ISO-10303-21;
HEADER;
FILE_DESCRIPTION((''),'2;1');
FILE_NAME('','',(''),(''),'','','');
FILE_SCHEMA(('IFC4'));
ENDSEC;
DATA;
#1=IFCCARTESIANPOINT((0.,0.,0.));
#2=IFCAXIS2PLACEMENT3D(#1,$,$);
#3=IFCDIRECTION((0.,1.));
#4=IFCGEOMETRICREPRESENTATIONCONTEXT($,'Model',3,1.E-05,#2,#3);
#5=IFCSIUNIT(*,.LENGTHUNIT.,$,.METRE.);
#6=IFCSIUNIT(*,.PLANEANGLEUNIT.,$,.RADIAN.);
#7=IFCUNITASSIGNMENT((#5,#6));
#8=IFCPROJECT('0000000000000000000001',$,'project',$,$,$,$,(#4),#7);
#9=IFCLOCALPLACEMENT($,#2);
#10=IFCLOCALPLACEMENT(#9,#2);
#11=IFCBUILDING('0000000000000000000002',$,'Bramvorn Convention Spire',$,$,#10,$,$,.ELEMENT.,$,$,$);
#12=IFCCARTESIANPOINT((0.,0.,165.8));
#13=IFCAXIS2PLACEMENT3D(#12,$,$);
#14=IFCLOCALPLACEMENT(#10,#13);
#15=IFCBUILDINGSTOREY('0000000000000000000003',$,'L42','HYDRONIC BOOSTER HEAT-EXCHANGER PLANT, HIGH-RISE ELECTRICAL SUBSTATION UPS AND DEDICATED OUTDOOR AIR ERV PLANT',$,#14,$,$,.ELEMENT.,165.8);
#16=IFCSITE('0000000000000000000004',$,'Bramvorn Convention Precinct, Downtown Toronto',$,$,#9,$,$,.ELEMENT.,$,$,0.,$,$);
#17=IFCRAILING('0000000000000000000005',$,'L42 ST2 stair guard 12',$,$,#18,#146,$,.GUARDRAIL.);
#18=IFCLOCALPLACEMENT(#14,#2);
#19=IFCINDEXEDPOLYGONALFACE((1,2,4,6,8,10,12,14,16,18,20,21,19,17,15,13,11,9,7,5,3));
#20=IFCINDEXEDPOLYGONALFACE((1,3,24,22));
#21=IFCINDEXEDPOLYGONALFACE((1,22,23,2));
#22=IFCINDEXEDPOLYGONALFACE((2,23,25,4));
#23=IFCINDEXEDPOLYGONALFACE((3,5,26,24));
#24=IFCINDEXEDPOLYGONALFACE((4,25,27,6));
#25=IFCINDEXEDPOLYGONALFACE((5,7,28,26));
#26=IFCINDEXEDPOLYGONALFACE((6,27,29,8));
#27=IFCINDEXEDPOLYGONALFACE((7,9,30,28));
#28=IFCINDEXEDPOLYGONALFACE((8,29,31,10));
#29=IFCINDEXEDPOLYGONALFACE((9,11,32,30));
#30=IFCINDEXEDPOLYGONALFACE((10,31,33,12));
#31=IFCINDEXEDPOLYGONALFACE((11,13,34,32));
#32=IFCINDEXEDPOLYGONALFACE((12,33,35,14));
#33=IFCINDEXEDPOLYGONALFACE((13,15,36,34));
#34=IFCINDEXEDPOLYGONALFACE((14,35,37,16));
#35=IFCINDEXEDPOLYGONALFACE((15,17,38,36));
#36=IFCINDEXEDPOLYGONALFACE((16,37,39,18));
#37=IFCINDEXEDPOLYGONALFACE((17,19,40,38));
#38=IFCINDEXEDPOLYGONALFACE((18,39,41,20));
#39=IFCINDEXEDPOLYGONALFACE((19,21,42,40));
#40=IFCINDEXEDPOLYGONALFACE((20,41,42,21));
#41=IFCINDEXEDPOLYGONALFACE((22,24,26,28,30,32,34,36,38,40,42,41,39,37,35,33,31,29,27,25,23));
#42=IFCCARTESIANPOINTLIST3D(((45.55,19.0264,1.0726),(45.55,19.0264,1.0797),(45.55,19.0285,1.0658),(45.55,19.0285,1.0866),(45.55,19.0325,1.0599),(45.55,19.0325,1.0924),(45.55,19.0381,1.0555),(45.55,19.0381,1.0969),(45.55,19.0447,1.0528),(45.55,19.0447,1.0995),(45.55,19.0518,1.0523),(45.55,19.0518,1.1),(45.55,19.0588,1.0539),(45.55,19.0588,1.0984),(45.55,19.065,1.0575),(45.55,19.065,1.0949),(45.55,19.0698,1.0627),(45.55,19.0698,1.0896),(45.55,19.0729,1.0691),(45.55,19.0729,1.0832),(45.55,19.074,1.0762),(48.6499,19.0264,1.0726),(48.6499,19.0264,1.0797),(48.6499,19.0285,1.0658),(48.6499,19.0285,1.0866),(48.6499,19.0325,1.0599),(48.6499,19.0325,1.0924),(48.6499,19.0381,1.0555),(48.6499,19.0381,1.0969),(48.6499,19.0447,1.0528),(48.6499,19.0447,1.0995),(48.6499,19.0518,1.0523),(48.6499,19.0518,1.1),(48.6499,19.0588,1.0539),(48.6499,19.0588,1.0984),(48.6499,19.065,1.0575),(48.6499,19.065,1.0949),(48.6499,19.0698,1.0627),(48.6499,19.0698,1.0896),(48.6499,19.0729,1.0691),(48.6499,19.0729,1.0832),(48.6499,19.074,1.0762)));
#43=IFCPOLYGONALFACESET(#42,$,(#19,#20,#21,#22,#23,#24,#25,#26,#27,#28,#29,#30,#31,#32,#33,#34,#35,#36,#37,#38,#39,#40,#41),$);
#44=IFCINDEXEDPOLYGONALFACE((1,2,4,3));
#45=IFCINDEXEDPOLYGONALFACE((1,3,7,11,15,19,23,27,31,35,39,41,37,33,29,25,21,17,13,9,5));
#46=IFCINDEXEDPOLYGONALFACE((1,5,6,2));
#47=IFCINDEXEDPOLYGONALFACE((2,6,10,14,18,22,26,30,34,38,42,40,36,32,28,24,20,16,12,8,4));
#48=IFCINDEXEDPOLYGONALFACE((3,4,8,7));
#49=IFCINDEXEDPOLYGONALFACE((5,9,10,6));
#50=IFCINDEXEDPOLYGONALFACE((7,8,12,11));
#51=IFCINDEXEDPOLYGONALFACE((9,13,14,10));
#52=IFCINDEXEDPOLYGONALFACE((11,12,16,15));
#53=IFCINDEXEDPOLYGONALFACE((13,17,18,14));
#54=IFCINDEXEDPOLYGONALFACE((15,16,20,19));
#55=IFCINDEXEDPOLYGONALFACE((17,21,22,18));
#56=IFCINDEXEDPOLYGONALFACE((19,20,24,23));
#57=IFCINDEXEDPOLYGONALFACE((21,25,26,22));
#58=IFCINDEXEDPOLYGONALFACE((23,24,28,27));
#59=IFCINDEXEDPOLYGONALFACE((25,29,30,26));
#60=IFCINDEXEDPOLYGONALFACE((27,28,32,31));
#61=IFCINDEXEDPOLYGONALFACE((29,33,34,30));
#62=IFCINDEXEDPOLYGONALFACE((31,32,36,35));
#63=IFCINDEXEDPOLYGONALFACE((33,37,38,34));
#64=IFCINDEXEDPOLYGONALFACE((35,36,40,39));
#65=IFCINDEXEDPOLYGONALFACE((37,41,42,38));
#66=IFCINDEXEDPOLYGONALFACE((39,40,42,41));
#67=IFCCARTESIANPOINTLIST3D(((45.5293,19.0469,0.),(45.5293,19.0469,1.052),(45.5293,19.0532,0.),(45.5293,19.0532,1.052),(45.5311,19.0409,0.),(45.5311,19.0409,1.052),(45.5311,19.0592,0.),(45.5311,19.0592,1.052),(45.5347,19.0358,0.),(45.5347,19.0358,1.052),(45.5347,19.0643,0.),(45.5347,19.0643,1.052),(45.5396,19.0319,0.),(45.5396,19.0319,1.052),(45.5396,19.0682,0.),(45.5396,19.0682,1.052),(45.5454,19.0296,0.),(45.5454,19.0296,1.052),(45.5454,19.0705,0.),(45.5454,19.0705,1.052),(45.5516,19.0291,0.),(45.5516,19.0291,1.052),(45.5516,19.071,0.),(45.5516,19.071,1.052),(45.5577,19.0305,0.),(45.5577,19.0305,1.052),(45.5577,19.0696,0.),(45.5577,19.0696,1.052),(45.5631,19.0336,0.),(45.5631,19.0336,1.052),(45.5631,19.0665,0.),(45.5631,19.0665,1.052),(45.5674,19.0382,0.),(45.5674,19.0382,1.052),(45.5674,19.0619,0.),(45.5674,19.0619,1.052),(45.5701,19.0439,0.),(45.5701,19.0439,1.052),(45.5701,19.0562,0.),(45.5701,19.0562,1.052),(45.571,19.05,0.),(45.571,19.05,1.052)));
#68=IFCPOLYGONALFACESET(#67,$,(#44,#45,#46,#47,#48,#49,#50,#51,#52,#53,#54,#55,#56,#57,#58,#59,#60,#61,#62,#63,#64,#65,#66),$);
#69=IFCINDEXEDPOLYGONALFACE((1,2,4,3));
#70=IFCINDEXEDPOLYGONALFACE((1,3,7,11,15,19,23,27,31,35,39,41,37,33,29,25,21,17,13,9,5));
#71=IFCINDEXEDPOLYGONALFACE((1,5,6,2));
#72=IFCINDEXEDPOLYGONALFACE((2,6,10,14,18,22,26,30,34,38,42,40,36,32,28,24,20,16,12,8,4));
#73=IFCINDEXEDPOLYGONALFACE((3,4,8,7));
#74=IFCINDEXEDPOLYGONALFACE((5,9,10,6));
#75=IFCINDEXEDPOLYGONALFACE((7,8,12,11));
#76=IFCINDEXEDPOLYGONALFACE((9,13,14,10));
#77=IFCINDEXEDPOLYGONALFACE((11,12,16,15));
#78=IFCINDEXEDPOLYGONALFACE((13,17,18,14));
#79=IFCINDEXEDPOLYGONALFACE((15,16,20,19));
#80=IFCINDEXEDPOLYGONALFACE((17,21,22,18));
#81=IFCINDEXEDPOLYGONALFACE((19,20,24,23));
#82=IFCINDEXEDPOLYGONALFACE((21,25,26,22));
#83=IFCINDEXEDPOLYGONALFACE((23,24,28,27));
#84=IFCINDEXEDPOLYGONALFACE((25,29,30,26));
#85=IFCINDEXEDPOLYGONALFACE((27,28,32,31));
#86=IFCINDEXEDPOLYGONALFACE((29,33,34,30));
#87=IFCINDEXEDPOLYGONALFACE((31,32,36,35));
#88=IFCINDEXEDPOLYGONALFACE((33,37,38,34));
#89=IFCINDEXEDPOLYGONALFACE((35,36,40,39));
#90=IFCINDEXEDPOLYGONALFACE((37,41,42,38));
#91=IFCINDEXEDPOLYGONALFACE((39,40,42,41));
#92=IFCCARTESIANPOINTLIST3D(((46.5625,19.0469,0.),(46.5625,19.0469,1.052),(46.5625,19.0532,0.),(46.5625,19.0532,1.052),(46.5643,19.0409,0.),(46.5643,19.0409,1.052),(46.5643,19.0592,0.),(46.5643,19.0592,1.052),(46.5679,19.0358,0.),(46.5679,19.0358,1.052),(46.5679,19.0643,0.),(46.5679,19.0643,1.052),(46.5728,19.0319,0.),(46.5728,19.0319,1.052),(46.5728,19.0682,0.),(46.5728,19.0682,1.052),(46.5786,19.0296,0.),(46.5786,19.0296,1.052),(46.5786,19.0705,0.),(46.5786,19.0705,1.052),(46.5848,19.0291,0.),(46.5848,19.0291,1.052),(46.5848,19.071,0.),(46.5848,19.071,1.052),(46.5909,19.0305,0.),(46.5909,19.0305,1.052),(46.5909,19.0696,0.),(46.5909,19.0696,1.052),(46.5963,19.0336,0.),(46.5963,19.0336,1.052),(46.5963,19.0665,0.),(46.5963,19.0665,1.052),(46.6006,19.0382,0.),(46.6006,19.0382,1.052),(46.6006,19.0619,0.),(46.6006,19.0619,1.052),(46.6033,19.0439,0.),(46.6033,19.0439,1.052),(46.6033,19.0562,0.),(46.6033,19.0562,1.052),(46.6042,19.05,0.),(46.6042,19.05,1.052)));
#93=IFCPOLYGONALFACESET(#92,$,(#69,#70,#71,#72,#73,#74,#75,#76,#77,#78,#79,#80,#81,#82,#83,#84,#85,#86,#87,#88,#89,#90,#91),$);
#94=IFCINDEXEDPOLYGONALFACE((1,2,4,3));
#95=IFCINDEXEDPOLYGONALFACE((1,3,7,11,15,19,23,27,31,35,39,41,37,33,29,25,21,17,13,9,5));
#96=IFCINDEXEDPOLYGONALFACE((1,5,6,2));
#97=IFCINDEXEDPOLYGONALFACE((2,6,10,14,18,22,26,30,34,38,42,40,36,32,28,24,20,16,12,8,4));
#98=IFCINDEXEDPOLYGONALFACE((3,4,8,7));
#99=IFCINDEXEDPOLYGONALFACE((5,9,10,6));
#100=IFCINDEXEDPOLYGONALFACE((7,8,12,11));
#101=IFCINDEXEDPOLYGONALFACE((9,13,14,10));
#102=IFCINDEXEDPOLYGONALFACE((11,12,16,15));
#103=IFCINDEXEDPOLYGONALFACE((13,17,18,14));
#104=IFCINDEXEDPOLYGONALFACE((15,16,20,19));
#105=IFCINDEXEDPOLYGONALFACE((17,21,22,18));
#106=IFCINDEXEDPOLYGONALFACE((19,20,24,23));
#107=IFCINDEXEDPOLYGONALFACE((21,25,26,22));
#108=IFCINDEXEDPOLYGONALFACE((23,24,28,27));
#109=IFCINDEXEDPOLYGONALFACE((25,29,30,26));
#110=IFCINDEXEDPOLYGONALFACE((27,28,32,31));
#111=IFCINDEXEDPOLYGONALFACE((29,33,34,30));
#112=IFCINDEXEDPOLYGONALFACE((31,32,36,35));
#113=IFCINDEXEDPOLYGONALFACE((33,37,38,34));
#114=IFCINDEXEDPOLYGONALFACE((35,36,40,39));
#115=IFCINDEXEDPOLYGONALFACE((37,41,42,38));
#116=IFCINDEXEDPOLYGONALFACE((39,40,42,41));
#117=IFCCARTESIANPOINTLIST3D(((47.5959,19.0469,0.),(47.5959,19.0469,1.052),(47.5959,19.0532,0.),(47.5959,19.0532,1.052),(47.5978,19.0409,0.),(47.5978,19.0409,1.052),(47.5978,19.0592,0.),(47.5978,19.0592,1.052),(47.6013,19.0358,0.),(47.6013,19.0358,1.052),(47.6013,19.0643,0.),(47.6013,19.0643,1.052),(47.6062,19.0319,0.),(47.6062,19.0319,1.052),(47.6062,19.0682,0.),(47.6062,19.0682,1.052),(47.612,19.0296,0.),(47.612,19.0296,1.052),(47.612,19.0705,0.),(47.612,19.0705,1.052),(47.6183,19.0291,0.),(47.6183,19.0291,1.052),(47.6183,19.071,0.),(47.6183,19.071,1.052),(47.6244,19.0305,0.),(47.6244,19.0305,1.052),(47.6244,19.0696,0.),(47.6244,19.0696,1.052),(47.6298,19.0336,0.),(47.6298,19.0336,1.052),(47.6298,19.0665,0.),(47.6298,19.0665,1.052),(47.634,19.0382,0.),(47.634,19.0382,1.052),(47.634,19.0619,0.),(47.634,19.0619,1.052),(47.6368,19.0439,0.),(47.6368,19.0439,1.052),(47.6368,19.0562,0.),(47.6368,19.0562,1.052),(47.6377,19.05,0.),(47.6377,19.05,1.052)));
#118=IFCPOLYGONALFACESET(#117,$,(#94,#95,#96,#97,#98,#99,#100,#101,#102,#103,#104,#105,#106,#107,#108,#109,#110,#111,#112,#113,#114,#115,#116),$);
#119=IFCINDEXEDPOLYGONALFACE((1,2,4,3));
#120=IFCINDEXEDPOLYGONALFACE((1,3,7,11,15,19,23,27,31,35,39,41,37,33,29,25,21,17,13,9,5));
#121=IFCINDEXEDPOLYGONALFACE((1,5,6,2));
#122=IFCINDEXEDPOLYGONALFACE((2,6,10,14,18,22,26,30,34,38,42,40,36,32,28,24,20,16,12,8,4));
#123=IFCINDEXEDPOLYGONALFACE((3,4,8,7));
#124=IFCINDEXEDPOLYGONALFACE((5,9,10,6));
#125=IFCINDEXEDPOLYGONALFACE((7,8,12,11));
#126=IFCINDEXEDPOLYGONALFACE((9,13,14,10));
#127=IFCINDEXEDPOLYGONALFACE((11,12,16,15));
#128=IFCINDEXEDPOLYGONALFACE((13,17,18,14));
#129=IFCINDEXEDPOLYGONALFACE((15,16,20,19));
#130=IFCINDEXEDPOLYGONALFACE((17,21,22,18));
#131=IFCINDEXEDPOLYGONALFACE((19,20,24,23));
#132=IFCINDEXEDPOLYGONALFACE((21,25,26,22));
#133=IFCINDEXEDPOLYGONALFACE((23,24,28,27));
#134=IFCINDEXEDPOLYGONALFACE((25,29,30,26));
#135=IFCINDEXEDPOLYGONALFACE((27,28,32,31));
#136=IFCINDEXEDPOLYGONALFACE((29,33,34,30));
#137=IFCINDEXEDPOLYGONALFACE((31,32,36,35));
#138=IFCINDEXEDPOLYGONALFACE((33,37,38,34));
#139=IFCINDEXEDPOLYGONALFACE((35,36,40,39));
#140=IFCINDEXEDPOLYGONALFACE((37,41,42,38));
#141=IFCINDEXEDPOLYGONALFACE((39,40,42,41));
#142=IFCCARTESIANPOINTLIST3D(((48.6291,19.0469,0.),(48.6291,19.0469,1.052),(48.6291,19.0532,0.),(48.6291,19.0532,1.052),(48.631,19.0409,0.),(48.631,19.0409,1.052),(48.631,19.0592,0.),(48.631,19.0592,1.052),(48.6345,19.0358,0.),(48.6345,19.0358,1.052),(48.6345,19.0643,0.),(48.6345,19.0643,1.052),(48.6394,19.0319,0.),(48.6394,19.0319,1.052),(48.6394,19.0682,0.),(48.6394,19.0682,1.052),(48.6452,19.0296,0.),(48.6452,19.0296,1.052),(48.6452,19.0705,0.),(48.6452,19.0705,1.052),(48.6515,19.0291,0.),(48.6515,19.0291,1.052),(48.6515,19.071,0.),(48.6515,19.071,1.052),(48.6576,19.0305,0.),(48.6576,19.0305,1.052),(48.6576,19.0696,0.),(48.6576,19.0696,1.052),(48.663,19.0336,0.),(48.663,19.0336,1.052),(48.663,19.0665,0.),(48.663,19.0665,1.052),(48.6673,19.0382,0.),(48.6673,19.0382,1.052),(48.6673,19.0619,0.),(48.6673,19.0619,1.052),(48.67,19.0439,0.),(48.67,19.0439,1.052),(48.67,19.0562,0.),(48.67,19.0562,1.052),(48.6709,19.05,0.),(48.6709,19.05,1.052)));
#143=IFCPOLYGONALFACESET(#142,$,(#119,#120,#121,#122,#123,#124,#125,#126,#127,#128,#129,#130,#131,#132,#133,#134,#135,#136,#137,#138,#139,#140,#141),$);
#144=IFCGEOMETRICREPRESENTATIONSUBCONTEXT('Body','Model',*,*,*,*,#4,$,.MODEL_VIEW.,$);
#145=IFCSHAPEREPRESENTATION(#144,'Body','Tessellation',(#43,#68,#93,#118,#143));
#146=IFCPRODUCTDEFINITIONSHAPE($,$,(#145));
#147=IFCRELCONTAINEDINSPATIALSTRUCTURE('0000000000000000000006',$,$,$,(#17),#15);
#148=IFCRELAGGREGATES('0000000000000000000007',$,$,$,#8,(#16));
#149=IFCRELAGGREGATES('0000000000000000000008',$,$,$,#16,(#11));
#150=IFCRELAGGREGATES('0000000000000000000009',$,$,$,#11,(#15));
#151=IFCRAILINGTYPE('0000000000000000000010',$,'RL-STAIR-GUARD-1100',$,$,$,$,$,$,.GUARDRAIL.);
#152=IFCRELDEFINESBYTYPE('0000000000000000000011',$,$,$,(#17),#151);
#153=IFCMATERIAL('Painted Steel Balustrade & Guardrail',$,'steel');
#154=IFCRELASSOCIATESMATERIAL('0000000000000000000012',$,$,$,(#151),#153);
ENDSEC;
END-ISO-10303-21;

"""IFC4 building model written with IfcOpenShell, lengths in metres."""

from ifc_helpers import new_model, si_unit, direction, frame, origin, origin_2d, place, context, subcontext, project, spatial, circle, extrude, material, type_object, element, save


model = new_model("IFC4")

# Units and contexts
model_context = context("Model", 3, precision=1e-05, world=origin(), true_north=direction((0.0, 1.0)))
body_context = subcontext(model_context, "Body", "Model", "MODEL_VIEW")
ifc_project = project(units=[si_unit("LENGTHUNIT", "METRE"), si_unit("PLANEANGLEUNIT", "RADIAN")], contexts=[model_context])

# Site, building, storey
site_placement = place(None, origin())
site = spatial("IfcSite", under=ifc_project, at=site_placement, Name="Bramvorn Convention Precinct, Downtown Toronto", CompositionType="ELEMENT", RefElevation=0.0)
building_placement = place(site_placement, origin())
building = spatial("IfcBuilding", under=site, at=building_placement, Name="Bramvorn Convention Spire", CompositionType="ELEMENT")
storey_placement = place(building_placement, frame((0.0, 0.0, 165.8)))
storey = spatial("IfcBuildingStorey", under=building, at=storey_placement, Name="L42", Description="HYDRONIC BOOSTER HEAT-EXCHANGER PLANT, HIGH-RISE ELECTRICAL SUBSTATION UPS AND DEDICATED OUTDOOR AIR ERV PLANT", CompositionType="ELEMENT", Elevation=165.8)

# Railing
ifc_material_1 = material(Name="Painted Steel Balustrade & Guardrail", Category="steel")
railing_type_1 = type_object("IfcRailingType", Name="RL-STAIR-GUARD-1100", PredefinedType="GUARDRAIL", material=ifc_material_1)
railing_1_placement = place(storey_placement, frame((45.55, 19.05, 0.0)))
element("IfcRailing", 1, at=railing_1_placement, inside=storey, type_object=railing_type_1, Name="L42 ST2 stair guard 12", PredefinedType="GUARDRAIL", context=body_context, shape_type="SweptSolid", body=[
    extrude(circle(Radius=0.0239, at=origin_2d()), frame((0.0, 0.0, 1.0762), z_axis=(1.0, 0.0, 0.0), x_axis=(0.0, 1.0, 0.0)), (0.0, 0.0, 1.0), 3.0999),
    extrude(circle(Radius=0.021, at=origin_2d()), origin(), (0.0, 0.0, 1.0), 1.052),
    extrude(circle(Radius=0.021, at=origin_2d()), frame((1.0332, 0.0, 0.0)), (0.0, 0.0, 1.0), 1.052),
    extrude(circle(Radius=0.021, at=origin_2d()), frame((2.0667, 0.0, 0.0)), (0.0, 0.0, 1.0), 1.052),
    extrude(circle(Radius=0.021, at=origin_2d()), frame((3.0999, 0.0, 0.0)), (0.0, 0.0, 1.0), 1.052),
])

save(model, "model.ifc")
